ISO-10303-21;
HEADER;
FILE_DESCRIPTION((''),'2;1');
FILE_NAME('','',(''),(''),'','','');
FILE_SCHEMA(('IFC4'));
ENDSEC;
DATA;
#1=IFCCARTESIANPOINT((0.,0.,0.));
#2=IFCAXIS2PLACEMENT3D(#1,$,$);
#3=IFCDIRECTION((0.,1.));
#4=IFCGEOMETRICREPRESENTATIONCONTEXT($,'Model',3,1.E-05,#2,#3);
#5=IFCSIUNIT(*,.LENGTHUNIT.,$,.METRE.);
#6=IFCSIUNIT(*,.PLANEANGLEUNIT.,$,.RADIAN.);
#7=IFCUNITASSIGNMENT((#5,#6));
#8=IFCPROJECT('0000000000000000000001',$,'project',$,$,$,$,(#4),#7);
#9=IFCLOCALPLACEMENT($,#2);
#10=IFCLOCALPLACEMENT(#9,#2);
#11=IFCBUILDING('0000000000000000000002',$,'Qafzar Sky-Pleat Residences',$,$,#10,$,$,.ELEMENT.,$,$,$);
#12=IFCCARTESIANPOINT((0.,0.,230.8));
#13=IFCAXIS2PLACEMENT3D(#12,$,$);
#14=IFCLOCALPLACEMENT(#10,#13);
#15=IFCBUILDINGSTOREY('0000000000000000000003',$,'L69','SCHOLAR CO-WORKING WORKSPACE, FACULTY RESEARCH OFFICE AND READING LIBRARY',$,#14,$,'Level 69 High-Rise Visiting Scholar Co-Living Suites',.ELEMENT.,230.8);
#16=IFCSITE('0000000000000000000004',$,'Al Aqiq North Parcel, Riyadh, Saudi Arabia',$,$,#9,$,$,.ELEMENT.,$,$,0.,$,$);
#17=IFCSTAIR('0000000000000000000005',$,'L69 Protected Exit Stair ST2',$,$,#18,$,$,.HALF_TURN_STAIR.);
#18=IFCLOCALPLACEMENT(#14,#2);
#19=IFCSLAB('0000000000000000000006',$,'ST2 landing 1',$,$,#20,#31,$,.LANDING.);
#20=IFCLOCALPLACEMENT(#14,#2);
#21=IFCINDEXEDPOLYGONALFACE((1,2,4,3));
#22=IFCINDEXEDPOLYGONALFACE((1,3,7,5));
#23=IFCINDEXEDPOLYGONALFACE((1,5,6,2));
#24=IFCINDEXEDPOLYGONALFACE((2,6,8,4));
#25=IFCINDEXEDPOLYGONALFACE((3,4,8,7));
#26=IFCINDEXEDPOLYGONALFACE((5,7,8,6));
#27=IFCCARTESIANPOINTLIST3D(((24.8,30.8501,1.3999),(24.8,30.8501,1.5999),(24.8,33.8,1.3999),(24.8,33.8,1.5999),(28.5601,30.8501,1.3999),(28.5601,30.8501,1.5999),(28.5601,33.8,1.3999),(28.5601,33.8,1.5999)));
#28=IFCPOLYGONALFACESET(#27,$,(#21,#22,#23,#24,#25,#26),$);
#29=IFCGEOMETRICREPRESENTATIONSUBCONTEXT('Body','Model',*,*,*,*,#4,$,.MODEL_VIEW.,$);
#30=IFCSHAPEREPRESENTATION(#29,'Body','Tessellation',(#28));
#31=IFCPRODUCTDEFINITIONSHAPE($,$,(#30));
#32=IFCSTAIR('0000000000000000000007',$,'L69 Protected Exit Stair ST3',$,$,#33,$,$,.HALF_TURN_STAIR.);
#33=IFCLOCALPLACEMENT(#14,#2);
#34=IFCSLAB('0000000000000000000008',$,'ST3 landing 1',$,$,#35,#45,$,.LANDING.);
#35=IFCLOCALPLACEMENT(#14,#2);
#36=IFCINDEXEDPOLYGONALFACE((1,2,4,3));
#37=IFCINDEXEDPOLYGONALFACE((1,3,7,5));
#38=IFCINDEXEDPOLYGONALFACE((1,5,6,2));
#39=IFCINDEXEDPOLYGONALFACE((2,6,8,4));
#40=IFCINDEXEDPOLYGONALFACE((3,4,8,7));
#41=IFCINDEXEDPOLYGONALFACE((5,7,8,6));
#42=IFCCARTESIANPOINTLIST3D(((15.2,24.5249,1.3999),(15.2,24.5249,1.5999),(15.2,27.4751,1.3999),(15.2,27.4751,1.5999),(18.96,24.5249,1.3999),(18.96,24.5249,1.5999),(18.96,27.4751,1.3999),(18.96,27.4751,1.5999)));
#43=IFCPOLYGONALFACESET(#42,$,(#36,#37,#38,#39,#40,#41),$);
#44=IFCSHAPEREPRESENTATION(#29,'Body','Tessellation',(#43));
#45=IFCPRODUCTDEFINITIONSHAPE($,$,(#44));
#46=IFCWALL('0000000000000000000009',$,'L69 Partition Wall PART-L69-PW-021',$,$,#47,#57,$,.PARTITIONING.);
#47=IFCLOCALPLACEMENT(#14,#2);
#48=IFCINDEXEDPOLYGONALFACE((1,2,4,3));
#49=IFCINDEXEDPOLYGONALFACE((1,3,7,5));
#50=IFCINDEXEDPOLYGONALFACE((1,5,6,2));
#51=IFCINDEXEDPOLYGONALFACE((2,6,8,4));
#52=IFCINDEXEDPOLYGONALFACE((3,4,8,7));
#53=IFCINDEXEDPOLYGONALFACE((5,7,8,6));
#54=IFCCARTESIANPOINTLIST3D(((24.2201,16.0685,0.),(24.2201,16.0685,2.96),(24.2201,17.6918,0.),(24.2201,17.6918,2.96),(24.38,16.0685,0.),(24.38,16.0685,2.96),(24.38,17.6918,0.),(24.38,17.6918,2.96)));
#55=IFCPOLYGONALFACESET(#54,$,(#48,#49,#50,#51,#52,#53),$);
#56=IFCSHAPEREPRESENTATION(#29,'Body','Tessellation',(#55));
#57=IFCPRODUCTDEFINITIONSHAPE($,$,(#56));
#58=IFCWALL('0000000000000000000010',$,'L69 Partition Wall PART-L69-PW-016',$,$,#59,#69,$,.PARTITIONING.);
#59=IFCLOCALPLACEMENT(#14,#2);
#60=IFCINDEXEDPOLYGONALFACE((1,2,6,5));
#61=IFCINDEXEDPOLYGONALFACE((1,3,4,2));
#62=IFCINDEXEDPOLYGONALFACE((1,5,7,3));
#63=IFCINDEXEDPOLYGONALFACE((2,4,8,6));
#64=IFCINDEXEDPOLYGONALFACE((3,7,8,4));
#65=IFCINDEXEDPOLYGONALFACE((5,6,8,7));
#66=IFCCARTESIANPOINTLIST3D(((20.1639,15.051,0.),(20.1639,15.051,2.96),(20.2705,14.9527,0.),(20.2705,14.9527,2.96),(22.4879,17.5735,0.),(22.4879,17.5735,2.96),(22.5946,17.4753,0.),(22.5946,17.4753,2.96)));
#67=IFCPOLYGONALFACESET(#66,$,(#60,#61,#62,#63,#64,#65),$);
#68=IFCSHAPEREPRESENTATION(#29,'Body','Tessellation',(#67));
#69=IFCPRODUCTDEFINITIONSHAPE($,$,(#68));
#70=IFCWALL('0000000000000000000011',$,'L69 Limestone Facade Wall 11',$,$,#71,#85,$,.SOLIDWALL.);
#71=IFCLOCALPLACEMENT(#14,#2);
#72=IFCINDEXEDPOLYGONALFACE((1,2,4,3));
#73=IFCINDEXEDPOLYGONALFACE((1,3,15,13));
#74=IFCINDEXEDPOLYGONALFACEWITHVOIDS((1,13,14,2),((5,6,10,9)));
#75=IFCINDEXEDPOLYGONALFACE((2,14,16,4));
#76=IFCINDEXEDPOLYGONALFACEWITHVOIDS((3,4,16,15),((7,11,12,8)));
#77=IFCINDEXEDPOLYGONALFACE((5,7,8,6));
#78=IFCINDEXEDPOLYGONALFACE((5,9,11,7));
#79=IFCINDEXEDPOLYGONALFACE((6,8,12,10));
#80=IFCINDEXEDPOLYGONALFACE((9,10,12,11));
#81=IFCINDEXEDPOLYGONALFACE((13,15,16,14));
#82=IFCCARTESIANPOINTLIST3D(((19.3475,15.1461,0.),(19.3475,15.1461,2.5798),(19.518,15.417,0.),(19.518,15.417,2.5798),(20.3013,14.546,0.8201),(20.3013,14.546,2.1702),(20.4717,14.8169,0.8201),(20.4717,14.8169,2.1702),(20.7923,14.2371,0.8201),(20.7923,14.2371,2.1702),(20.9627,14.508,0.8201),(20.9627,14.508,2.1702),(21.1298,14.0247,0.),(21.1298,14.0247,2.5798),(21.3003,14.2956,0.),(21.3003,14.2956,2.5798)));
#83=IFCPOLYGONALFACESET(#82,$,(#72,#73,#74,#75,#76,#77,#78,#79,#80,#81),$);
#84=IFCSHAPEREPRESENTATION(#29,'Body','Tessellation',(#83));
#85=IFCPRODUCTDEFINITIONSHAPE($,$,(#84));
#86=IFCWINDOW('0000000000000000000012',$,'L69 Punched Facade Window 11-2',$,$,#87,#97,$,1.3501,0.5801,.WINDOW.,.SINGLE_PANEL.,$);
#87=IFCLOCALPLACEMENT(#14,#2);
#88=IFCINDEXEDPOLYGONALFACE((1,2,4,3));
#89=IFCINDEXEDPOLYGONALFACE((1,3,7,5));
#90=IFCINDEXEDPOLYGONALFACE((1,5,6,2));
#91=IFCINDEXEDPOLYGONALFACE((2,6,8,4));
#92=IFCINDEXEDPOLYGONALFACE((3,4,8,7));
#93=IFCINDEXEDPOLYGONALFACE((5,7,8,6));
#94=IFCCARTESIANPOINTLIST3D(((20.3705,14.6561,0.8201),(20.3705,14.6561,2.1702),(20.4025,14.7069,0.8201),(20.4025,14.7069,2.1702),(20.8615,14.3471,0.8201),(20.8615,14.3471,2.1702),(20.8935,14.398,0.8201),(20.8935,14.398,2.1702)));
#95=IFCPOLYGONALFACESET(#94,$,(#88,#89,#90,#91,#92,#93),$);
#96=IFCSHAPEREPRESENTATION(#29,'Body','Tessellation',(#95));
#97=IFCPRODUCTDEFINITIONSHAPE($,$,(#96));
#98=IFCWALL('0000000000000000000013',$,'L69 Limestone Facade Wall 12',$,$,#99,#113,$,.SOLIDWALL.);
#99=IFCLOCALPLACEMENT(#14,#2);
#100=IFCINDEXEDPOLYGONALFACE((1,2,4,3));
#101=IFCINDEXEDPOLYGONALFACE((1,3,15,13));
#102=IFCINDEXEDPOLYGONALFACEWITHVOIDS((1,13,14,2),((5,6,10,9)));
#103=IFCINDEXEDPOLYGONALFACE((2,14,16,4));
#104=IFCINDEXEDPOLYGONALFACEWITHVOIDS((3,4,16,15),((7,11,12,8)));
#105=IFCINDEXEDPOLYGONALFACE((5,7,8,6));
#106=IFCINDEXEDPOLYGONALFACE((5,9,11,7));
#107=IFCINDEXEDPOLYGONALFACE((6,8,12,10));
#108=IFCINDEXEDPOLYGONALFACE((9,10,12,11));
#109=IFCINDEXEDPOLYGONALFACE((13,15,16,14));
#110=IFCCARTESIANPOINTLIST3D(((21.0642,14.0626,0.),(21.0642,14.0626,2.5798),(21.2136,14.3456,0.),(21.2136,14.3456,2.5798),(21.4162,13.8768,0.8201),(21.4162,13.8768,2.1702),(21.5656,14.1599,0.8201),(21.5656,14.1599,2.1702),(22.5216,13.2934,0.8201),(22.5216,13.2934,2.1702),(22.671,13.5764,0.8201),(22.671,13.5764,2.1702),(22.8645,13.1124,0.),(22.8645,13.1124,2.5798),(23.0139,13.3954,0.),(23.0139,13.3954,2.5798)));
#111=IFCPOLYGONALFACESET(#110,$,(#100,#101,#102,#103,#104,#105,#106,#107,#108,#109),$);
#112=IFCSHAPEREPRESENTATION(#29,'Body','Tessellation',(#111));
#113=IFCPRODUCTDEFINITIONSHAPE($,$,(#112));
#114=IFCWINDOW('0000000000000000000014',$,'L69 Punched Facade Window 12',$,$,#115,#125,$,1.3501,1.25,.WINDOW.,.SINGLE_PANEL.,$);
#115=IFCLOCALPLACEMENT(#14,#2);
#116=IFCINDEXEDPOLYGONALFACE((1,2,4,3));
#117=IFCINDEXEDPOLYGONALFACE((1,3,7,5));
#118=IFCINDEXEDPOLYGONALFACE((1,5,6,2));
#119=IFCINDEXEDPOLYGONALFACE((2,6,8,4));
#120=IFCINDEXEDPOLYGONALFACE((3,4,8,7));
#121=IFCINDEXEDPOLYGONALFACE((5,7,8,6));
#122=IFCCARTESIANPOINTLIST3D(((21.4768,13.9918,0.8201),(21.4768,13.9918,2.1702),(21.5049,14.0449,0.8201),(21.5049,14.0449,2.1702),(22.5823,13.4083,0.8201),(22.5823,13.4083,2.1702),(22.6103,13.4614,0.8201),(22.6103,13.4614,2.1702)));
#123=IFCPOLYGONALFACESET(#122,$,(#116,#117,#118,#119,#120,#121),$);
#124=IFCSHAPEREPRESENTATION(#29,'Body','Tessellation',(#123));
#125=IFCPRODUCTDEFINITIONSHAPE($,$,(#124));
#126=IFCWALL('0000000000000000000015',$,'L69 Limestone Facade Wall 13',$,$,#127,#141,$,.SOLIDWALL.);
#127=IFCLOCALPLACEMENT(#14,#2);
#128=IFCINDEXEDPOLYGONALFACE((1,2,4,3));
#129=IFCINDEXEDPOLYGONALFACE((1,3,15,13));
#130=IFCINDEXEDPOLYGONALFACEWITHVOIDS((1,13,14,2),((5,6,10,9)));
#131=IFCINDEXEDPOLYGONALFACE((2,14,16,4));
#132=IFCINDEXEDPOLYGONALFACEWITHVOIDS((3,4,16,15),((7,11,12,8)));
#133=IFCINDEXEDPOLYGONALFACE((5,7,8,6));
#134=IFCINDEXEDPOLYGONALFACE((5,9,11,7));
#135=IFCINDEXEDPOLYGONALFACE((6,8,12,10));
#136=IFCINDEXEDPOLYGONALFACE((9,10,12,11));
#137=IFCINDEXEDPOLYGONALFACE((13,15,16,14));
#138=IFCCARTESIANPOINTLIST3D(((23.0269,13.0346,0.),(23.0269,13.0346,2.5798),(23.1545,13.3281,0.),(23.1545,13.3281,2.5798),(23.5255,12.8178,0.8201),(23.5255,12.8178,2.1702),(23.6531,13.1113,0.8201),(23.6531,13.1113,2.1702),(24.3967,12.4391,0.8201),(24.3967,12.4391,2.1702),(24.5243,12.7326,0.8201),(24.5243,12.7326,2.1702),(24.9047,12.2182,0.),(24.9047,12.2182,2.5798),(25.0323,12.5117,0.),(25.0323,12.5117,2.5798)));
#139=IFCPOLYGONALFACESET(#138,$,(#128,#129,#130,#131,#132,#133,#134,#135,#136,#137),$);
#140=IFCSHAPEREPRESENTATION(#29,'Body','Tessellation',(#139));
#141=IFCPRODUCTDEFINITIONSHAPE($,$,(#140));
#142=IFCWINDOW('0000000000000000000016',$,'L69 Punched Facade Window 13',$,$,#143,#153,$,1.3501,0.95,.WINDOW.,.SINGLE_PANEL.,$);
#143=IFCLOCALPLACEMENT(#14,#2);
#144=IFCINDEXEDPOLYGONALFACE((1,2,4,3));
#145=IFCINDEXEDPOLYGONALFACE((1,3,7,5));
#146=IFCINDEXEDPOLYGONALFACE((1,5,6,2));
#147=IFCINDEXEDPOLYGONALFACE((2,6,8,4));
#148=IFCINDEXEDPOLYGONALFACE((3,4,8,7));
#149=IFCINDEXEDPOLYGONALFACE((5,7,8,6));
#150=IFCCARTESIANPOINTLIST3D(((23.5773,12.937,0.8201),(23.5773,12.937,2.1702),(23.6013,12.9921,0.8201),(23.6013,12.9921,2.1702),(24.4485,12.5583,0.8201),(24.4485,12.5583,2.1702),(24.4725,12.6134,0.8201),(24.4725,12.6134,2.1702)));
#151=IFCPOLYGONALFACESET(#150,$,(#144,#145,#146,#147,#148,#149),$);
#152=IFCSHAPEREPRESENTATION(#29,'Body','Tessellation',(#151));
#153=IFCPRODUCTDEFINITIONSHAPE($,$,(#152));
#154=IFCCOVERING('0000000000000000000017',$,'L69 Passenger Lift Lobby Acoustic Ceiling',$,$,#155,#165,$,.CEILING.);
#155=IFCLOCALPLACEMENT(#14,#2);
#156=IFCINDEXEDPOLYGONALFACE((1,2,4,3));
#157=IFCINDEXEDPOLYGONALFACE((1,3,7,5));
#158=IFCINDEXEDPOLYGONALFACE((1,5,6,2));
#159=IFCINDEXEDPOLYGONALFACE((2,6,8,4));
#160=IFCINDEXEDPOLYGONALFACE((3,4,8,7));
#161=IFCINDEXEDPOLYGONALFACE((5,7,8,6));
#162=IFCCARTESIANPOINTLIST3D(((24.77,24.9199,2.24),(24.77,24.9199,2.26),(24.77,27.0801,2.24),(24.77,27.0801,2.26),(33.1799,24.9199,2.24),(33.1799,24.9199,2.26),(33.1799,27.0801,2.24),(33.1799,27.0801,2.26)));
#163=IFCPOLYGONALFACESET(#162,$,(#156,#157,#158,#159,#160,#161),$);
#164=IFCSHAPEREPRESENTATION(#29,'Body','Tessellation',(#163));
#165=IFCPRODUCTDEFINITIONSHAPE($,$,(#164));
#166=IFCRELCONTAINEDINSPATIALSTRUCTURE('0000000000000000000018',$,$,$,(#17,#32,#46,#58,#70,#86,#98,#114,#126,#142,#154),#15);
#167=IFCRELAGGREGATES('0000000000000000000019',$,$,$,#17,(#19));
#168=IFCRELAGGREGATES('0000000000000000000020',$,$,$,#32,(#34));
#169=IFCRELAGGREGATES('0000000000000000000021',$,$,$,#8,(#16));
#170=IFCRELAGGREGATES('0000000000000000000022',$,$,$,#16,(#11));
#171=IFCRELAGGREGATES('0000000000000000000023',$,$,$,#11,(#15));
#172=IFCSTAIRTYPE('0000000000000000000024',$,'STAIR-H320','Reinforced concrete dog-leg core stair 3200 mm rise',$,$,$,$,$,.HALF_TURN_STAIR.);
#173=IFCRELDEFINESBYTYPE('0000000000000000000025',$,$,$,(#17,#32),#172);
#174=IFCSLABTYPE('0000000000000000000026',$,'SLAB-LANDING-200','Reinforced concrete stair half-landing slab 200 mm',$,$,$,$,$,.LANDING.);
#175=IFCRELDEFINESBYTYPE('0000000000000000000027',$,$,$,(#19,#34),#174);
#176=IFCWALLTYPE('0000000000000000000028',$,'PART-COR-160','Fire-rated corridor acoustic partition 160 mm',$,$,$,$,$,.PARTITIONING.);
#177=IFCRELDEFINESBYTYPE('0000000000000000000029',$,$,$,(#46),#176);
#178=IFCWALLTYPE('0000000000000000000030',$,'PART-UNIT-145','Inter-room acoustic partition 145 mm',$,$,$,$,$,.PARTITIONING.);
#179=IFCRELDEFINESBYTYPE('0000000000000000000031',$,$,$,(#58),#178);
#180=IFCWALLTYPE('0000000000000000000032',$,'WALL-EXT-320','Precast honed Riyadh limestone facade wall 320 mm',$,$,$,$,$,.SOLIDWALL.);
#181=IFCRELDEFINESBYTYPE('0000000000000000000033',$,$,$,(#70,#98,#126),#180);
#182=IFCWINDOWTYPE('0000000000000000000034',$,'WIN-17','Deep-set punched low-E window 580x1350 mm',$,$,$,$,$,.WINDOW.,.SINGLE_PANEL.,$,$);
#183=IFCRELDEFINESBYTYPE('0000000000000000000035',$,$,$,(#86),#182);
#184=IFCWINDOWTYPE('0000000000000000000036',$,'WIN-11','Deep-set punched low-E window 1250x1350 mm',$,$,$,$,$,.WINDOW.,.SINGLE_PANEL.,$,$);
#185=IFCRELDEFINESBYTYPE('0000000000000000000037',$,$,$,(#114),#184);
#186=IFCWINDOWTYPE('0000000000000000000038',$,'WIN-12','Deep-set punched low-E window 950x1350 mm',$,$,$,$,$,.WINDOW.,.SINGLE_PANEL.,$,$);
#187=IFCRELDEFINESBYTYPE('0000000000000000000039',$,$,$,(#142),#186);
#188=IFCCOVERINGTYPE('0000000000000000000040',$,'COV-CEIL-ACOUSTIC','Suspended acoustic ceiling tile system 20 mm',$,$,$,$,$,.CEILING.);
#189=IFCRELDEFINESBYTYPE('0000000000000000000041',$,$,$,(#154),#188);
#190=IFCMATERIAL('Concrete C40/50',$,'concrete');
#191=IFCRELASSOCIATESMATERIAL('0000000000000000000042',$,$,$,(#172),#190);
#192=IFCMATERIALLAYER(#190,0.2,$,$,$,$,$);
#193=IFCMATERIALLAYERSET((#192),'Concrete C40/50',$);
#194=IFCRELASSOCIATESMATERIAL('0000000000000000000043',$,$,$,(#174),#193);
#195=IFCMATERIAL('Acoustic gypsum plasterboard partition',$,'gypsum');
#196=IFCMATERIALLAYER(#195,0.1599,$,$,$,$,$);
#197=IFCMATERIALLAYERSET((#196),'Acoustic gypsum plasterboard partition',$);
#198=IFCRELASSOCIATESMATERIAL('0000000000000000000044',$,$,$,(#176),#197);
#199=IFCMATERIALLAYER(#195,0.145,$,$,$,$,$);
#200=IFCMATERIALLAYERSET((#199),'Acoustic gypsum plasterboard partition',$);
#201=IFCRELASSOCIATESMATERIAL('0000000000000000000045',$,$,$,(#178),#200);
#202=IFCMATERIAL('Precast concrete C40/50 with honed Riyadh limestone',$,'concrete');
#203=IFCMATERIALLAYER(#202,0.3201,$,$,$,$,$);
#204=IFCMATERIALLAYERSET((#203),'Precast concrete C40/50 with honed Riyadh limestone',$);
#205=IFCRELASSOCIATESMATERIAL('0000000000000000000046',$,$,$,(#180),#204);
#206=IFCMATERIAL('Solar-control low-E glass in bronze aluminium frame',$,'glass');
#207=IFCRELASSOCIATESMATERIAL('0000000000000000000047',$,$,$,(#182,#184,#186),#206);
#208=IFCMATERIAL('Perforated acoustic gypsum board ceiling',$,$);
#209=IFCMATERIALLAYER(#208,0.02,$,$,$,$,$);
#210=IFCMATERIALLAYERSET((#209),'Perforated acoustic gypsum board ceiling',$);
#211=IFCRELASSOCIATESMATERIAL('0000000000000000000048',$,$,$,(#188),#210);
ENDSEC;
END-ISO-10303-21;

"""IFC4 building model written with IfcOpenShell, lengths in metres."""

from ifc_helpers import new_model, si_unit, direction, frame, frame_2d, origin, place, context, subcontext, project, spatial, polyline, rectangle, outline, extrude, source, transform, mapped, material, layer, layer_set, type_object, element, fill, aggregate, save


model = new_model("IFC4")

# Units and contexts
model_context = context("Model", 3, precision=1e-05, world=origin(), true_north=direction((0.0, 1.0)))
body_context = subcontext(model_context, "Body", "Model", "MODEL_VIEW")
ifc_project = project(units=[si_unit("LENGTHUNIT", "METRE"), si_unit("PLANEANGLEUNIT", "RADIAN")], contexts=[model_context])

# Site, building, storey
site_placement = place(None, origin())
site = spatial("IfcSite", under=ifc_project, at=site_placement, Name="Al Aqiq North Parcel, Riyadh, Saudi Arabia", CompositionType="ELEMENT", RefElevation=0.0)
building_placement = place(site_placement, origin())
building = spatial("IfcBuilding", under=site, at=building_placement, Name="Qafzar Sky-Pleat Residences", CompositionType="ELEMENT")
storey_placement = place(building_placement, frame((0.0, 0.0, 230.8)))
storey = spatial("IfcBuildingStorey", under=building, at=storey_placement, Name="L69", Description="SCHOLAR CO-WORKING WORKSPACE, FACULTY RESEARCH OFFICE AND READING LIBRARY", LongName="Level 69 High-Rise Visiting Scholar Co-Living Suites", CompositionType="ELEMENT", Elevation=230.8)

# Shared definitions
ifc_material_1 = material(Name="Concrete C40/50", Category="concrete")

# Stairs, slabs
stair_type = type_object("IfcStairType", Name="STAIR-H320", Description="Reinforced concrete dog-leg core stair 3200 mm rise", PredefinedType="HALF_TURN_STAIR", material=ifc_material_1)
ifc_layer_1 = layer(ifc_material_1, 0.2)
ifc_layer_set_1 = layer_set([ifc_layer_1], Name="Concrete C40/50")
slab_type_1 = type_object("IfcSlabType", Name="SLAB-LANDING-200", Description="Reinforced concrete stair half-landing slab 200 mm", PredefinedType="LANDING", material=ifc_layer_set_1)
stair_1_placement = place(storey_placement, origin())
stair_1 = element("IfcStair", 1, at=stair_1_placement, inside=storey, type_object=stair_type, Name="L69 Protected Exit Stair ST2", PredefinedType="HALF_TURN_STAIR")
slab_1_placement = place(storey_placement, frame((0.0, 0.0, 1.3999)))
slab_1 = element("IfcSlab", 2, at=slab_1_placement, type_object=slab_type_1, Name="ST2 landing 1", PredefinedType="LANDING", context=body_context, shape_type="SweptSolid", body=[
    extrude(outline(polyline([(28.5601, 33.8), (24.8, 33.8), (24.8, 30.8501), (28.5601, 30.8501), (28.5601, 33.8)])), origin(), (0.0, 0.0, 1.0), 0.2),
])
aggregate(stair_1, [slab_1])
stair_2_placement = place(storey_placement, origin())
stair_2 = element("IfcStair", 3, at=stair_2_placement, inside=storey, type_object=stair_type, Name="L69 Protected Exit Stair ST3", PredefinedType="HALF_TURN_STAIR")
slab_2_placement = place(storey_placement, frame((0.0, 0.0, 1.3999)))
slab_2 = element("IfcSlab", 4, at=slab_2_placement, type_object=slab_type_1, Name="ST3 landing 1", PredefinedType="LANDING", context=body_context, shape_type="SweptSolid", body=[
    extrude(outline(polyline([(18.96, 27.4751), (15.2, 27.4751), (15.2, 24.5249), (18.96, 24.5249), (18.96, 27.4751)])), origin(), (0.0, 0.0, 1.0), 0.2),
])
aggregate(stair_2, [slab_2])

# Walls
ifc_material_2 = material(Name="Acoustic gypsum plasterboard partition", Category="gypsum")
ifc_layer_2 = layer(ifc_material_2, 0.1599)
ifc_layer_set_2 = layer_set([ifc_layer_2], Name="Acoustic gypsum plasterboard partition")
wall_type_1 = type_object("IfcWallType", Name="PART-COR-160", Description="Fire-rated corridor acoustic partition 160 mm", PredefinedType="PARTITIONING", material=ifc_layer_set_2)
wall_1_placement = place(storey_placement, frame((24.3, 16.0686, 0.0), z_axis=(0.0, 0.0, 1.0), x_axis=(0.0, 1.0, 0.0)))
element("IfcWall", 5, at=wall_1_placement, inside=storey, type_object=wall_type_1, Name="L69 Partition Wall PART-L69-PW-021", PredefinedType="PARTITIONING", context=body_context, shape_type="SweptSolid", body=[
    extrude(rectangle(XDim=1.6233, YDim=0.1599, at=frame_2d((0.8115, 0.0))), origin(), (0.0, 0.0, 1.0), 2.96),
])
ifc_layer_3 = layer(ifc_material_2, 0.145)
ifc_layer_set_3 = layer_set([ifc_layer_3], Name="Acoustic gypsum plasterboard partition")
wall_type_2 = type_object("IfcWallType", Name="PART-UNIT-145", Description="Inter-room acoustic partition 145 mm", PredefinedType="PARTITIONING", material=ifc_layer_set_3)
wall_2_placement = place(storey_placement, frame((20.2173, 15.002, 0.0), z_axis=(0.0, 0.0, 1.0), x_axis=(0.677579, 0.73545, 0.0)))
element("IfcWall", 6, at=wall_2_placement, inside=storey, type_object=wall_type_2, Name="L69 Partition Wall PART-L69-PW-016", PredefinedType="PARTITIONING", context=body_context, shape_type="SweptSolid", body=[
    extrude(rectangle(XDim=3.4299, YDim=0.145, at=frame_2d((1.7148, 0.0))), origin(), (0.0, 0.0, 1.0), 2.96),
])

# Walls, openings, windows
ifc_material_3 = material(Name="Precast concrete C40/50 with honed Riyadh limestone", Category="concrete")
ifc_layer_4 = layer(ifc_material_3, 0.3201)
ifc_layer_set_4 = layer_set([ifc_layer_4], Name="Precast concrete C40/50 with honed Riyadh limestone")
wall_type_3 = type_object("IfcWallType", Name="WALL-EXT-320", Description="Precast honed Riyadh limestone facade wall 320 mm", PredefinedType="SOLIDWALL", material=ifc_layer_set_4)
wall_3_placement = place(storey_placement, frame((19.4329, 15.2815, 0.0), z_axis=(0.0, 0.0, 1.0), x_axis=(0.846405, -0.53254, 0.0)))
wall_3 = element("IfcWall", 7, at=wall_3_placement, inside=storey, type_object=wall_type_3, Name="L69 Limestone Facade Wall 11", PredefinedType="SOLIDWALL", context=body_context, shape_type="SweptSolid", body=[
    extrude(rectangle(XDim=2.1057, YDim=0.3201, at=frame_2d((1.0527, 0.0))), origin(), (0.0, 0.0, 1.0), 2.5798),
])
opening_1_placement = place(wall_3_placement, frame((1.1267, 0.0, 0.8201)))
opening_1 = element("IfcOpeningElement", 8, at=opening_1_placement, cuts=wall_3, PredefinedType="OPENING", context=body_context, shape_type="SweptSolid", body=[
    extrude(rectangle(XDim=0.5801, YDim=1.3501, at=frame_2d((0.29, 0.675))), frame((0.0, 0.1699, 0.0), z_axis=(0.0, -1.0, 0.0), x_axis=(1.0, 0.0, 0.0)), (0.0, 0.0, 1.0), 0.3401),
])
ifc_material_4 = material(Name="Solar-control low-E glass in bronze aluminium frame", Category="glass")
window_type_1 = type_object("IfcWindowType", Name="WIN-17", Description="Deep-set punched low-E window 580x1350 mm", PartitioningType="SINGLE_PANEL", PredefinedType="WINDOW", material=ifc_material_4)
shared_shape_1 = source(origin(), body_context, "Body", "SweptSolid", [
    extrude(rectangle(XDim=0.5801, YDim=1.3501, at=frame_2d((0.29, 0.675))), frame((0.0, 0.03, 0.0), z_axis=(0.0, -1.0, 0.0), x_axis=(1.0, 0.0, 0.0)), (0.0, 0.0, 1.0), 0.0601),
])
window_1_placement = place(opening_1_placement, origin())
window_1 = element("IfcWindow", 9, at=window_1_placement, inside=storey, type_object=window_type_1, Name="L69 Punched Facade Window 11-2", OverallHeight=1.3501, OverallWidth=0.5801, PartitioningType="SINGLE_PANEL", PredefinedType="WINDOW", context=body_context, shape_type="MappedRepresentation", body=[
    mapped(shared_shape_1, transform((0.0, 0.0, 0.0), x_axis=(1.0, 0.0, 0.0), y_axis=(0.0, 1.0, 0.0), z_axis=(0.0, 0.0, 1.0), scale=1.0)),
])
fill(opening_1, window_1)
wall_4_placement = place(storey_placement, frame((21.1389, 14.2041, 0.0), z_axis=(0.0, 0.0, 1.0), x_axis=(0.884377, -0.466774, 0.0)))
wall_4 = element("IfcWall", 10, at=wall_4_placement, inside=storey, type_object=wall_type_3, Name="L69 Limestone Facade Wall 12", PredefinedType="SOLIDWALL", context=body_context, shape_type="SweptSolid", body=[
    extrude(rectangle(XDim=2.0356, YDim=0.3201, at=frame_2d((1.0178, 0.0))), origin(), (0.0, 0.0, 1.0), 2.5798),
])
opening_2_placement = place(wall_4_placement, frame((0.3979, 0.0, 0.8201)))
opening_2 = element("IfcOpeningElement", 11, at=opening_2_placement, cuts=wall_4, PredefinedType="OPENING", context=body_context, shape_type="SweptSolid", body=[
    extrude(rectangle(XDim=1.25, YDim=1.3501, at=frame_2d((0.625, 0.675))), frame((0.0, 0.1699, 0.0), z_axis=(0.0, -1.0, 0.0), x_axis=(1.0, 0.0, 0.0)), (0.0, 0.0, 1.0), 0.3401),
])
window_type_2 = type_object("IfcWindowType", Name="WIN-11", Description="Deep-set punched low-E window 1250x1350 mm", PartitioningType="SINGLE_PANEL", PredefinedType="WINDOW", material=ifc_material_4)
shared_shape_2 = source(origin(), body_context, "Body", "SweptSolid", [
    extrude(rectangle(XDim=1.25, YDim=1.3501, at=frame_2d((0.625, 0.675))), frame((0.0, 0.03, 0.0), z_axis=(0.0, -1.0, 0.0), x_axis=(1.0, 0.0, 0.0)), (0.0, 0.0, 1.0), 0.0601),
])
window_2_placement = place(opening_2_placement, origin())
window_2 = element("IfcWindow", 12, at=window_2_placement, inside=storey, type_object=window_type_2, Name="L69 Punched Facade Window 12", OverallHeight=1.3501, OverallWidth=1.25, PartitioningType="SINGLE_PANEL", PredefinedType="WINDOW", context=body_context, shape_type="MappedRepresentation", body=[
    mapped(shared_shape_2, transform((0.0, 0.0, 0.0), x_axis=(1.0, 0.0, 0.0), y_axis=(0.0, 1.0, 0.0), z_axis=(0.0, 0.0, 1.0), scale=1.0)),
])
fill(opening_2, window_2)
wall_5_placement = place(storey_placement, frame((23.0906, 13.1814, 0.0), z_axis=(0.0, 0.0, 1.0), x_axis=(0.917085, -0.398691, 0.0)))
wall_5 = element("IfcWall", 13, at=wall_5_placement, inside=storey, type_object=wall_type_3, Name="L69 Limestone Facade Wall 13", PredefinedType="SOLIDWALL", context=body_context, shape_type="SweptSolid", body=[
    extrude(rectangle(XDim=2.0476, YDim=0.3201, at=frame_2d((1.0239, 0.0))), origin(), (0.0, 0.0, 1.0), 2.5798),
])
opening_3_placement = place(wall_5_placement, frame((0.5437, 0.0, 0.8201)))
opening_3 = element("IfcOpeningElement", 14, at=opening_3_placement, cuts=wall_5, PredefinedType="OPENING", context=body_context, shape_type="SweptSolid", body=[
    extrude(rectangle(XDim=0.95, YDim=1.3501, at=frame_2d((0.4751, 0.675))), frame((0.0, 0.1699, 0.0), z_axis=(0.0, -1.0, 0.0), x_axis=(1.0, 0.0, 0.0)), (0.0, 0.0, 1.0), 0.3401),
])
window_type_3 = type_object("IfcWindowType", Name="WIN-12", Description="Deep-set punched low-E window 950x1350 mm", PartitioningType="SINGLE_PANEL", PredefinedType="WINDOW", material=ifc_material_4)
shared_shape_3 = source(origin(), body_context, "Body", "SweptSolid", [
    extrude(rectangle(XDim=0.95, YDim=1.3501, at=frame_2d((0.4751, 0.675))), frame((0.0, 0.03, 0.0), z_axis=(0.0, -1.0, 0.0), x_axis=(1.0, 0.0, 0.0)), (0.0, 0.0, 1.0), 0.0601),
])
window_3_placement = place(opening_3_placement, origin())
window_3 = element("IfcWindow", 15, at=window_3_placement, inside=storey, type_object=window_type_3, Name="L69 Punched Facade Window 13", OverallHeight=1.3501, OverallWidth=0.95, PartitioningType="SINGLE_PANEL", PredefinedType="WINDOW", context=body_context, shape_type="MappedRepresentation", body=[
    mapped(shared_shape_3, transform((0.0, 0.0, 0.0), x_axis=(1.0, 0.0, 0.0), y_axis=(0.0, 1.0, 0.0), z_axis=(0.0, 0.0, 1.0), scale=1.0)),
])
fill(opening_3, window_3)

# Covering
ifc_material_5 = material(Name="Perforated acoustic gypsum board ceiling")
ifc_layer_5 = layer(ifc_material_5, 0.02)
ifc_layer_set_5 = layer_set([ifc_layer_5], Name="Perforated acoustic gypsum board ceiling")
covering_type_1 = type_object("IfcCoveringType", Name="COV-CEIL-ACOUSTIC", Description="Suspended acoustic ceiling tile system 20 mm", PredefinedType="CEILING", material=ifc_layer_set_5)
covering_1_placement = place(storey_placement, frame((0.0, 0.0, 2.24)))
element("IfcCovering", 16, at=covering_1_placement, inside=storey, type_object=covering_type_1, Name="L69 Passenger Lift Lobby Acoustic Ceiling", PredefinedType="CEILING", context=body_context, shape_type="SweptSolid", body=[
    extrude(outline(polyline([(33.1799, 24.9199), (24.77, 24.9199), (24.77, 27.0801), (33.1799, 27.0801), (33.1799, 24.9199)])), origin(), (0.0, 0.0, 1.0), 0.02),
])

save(model, "model.ifc")
